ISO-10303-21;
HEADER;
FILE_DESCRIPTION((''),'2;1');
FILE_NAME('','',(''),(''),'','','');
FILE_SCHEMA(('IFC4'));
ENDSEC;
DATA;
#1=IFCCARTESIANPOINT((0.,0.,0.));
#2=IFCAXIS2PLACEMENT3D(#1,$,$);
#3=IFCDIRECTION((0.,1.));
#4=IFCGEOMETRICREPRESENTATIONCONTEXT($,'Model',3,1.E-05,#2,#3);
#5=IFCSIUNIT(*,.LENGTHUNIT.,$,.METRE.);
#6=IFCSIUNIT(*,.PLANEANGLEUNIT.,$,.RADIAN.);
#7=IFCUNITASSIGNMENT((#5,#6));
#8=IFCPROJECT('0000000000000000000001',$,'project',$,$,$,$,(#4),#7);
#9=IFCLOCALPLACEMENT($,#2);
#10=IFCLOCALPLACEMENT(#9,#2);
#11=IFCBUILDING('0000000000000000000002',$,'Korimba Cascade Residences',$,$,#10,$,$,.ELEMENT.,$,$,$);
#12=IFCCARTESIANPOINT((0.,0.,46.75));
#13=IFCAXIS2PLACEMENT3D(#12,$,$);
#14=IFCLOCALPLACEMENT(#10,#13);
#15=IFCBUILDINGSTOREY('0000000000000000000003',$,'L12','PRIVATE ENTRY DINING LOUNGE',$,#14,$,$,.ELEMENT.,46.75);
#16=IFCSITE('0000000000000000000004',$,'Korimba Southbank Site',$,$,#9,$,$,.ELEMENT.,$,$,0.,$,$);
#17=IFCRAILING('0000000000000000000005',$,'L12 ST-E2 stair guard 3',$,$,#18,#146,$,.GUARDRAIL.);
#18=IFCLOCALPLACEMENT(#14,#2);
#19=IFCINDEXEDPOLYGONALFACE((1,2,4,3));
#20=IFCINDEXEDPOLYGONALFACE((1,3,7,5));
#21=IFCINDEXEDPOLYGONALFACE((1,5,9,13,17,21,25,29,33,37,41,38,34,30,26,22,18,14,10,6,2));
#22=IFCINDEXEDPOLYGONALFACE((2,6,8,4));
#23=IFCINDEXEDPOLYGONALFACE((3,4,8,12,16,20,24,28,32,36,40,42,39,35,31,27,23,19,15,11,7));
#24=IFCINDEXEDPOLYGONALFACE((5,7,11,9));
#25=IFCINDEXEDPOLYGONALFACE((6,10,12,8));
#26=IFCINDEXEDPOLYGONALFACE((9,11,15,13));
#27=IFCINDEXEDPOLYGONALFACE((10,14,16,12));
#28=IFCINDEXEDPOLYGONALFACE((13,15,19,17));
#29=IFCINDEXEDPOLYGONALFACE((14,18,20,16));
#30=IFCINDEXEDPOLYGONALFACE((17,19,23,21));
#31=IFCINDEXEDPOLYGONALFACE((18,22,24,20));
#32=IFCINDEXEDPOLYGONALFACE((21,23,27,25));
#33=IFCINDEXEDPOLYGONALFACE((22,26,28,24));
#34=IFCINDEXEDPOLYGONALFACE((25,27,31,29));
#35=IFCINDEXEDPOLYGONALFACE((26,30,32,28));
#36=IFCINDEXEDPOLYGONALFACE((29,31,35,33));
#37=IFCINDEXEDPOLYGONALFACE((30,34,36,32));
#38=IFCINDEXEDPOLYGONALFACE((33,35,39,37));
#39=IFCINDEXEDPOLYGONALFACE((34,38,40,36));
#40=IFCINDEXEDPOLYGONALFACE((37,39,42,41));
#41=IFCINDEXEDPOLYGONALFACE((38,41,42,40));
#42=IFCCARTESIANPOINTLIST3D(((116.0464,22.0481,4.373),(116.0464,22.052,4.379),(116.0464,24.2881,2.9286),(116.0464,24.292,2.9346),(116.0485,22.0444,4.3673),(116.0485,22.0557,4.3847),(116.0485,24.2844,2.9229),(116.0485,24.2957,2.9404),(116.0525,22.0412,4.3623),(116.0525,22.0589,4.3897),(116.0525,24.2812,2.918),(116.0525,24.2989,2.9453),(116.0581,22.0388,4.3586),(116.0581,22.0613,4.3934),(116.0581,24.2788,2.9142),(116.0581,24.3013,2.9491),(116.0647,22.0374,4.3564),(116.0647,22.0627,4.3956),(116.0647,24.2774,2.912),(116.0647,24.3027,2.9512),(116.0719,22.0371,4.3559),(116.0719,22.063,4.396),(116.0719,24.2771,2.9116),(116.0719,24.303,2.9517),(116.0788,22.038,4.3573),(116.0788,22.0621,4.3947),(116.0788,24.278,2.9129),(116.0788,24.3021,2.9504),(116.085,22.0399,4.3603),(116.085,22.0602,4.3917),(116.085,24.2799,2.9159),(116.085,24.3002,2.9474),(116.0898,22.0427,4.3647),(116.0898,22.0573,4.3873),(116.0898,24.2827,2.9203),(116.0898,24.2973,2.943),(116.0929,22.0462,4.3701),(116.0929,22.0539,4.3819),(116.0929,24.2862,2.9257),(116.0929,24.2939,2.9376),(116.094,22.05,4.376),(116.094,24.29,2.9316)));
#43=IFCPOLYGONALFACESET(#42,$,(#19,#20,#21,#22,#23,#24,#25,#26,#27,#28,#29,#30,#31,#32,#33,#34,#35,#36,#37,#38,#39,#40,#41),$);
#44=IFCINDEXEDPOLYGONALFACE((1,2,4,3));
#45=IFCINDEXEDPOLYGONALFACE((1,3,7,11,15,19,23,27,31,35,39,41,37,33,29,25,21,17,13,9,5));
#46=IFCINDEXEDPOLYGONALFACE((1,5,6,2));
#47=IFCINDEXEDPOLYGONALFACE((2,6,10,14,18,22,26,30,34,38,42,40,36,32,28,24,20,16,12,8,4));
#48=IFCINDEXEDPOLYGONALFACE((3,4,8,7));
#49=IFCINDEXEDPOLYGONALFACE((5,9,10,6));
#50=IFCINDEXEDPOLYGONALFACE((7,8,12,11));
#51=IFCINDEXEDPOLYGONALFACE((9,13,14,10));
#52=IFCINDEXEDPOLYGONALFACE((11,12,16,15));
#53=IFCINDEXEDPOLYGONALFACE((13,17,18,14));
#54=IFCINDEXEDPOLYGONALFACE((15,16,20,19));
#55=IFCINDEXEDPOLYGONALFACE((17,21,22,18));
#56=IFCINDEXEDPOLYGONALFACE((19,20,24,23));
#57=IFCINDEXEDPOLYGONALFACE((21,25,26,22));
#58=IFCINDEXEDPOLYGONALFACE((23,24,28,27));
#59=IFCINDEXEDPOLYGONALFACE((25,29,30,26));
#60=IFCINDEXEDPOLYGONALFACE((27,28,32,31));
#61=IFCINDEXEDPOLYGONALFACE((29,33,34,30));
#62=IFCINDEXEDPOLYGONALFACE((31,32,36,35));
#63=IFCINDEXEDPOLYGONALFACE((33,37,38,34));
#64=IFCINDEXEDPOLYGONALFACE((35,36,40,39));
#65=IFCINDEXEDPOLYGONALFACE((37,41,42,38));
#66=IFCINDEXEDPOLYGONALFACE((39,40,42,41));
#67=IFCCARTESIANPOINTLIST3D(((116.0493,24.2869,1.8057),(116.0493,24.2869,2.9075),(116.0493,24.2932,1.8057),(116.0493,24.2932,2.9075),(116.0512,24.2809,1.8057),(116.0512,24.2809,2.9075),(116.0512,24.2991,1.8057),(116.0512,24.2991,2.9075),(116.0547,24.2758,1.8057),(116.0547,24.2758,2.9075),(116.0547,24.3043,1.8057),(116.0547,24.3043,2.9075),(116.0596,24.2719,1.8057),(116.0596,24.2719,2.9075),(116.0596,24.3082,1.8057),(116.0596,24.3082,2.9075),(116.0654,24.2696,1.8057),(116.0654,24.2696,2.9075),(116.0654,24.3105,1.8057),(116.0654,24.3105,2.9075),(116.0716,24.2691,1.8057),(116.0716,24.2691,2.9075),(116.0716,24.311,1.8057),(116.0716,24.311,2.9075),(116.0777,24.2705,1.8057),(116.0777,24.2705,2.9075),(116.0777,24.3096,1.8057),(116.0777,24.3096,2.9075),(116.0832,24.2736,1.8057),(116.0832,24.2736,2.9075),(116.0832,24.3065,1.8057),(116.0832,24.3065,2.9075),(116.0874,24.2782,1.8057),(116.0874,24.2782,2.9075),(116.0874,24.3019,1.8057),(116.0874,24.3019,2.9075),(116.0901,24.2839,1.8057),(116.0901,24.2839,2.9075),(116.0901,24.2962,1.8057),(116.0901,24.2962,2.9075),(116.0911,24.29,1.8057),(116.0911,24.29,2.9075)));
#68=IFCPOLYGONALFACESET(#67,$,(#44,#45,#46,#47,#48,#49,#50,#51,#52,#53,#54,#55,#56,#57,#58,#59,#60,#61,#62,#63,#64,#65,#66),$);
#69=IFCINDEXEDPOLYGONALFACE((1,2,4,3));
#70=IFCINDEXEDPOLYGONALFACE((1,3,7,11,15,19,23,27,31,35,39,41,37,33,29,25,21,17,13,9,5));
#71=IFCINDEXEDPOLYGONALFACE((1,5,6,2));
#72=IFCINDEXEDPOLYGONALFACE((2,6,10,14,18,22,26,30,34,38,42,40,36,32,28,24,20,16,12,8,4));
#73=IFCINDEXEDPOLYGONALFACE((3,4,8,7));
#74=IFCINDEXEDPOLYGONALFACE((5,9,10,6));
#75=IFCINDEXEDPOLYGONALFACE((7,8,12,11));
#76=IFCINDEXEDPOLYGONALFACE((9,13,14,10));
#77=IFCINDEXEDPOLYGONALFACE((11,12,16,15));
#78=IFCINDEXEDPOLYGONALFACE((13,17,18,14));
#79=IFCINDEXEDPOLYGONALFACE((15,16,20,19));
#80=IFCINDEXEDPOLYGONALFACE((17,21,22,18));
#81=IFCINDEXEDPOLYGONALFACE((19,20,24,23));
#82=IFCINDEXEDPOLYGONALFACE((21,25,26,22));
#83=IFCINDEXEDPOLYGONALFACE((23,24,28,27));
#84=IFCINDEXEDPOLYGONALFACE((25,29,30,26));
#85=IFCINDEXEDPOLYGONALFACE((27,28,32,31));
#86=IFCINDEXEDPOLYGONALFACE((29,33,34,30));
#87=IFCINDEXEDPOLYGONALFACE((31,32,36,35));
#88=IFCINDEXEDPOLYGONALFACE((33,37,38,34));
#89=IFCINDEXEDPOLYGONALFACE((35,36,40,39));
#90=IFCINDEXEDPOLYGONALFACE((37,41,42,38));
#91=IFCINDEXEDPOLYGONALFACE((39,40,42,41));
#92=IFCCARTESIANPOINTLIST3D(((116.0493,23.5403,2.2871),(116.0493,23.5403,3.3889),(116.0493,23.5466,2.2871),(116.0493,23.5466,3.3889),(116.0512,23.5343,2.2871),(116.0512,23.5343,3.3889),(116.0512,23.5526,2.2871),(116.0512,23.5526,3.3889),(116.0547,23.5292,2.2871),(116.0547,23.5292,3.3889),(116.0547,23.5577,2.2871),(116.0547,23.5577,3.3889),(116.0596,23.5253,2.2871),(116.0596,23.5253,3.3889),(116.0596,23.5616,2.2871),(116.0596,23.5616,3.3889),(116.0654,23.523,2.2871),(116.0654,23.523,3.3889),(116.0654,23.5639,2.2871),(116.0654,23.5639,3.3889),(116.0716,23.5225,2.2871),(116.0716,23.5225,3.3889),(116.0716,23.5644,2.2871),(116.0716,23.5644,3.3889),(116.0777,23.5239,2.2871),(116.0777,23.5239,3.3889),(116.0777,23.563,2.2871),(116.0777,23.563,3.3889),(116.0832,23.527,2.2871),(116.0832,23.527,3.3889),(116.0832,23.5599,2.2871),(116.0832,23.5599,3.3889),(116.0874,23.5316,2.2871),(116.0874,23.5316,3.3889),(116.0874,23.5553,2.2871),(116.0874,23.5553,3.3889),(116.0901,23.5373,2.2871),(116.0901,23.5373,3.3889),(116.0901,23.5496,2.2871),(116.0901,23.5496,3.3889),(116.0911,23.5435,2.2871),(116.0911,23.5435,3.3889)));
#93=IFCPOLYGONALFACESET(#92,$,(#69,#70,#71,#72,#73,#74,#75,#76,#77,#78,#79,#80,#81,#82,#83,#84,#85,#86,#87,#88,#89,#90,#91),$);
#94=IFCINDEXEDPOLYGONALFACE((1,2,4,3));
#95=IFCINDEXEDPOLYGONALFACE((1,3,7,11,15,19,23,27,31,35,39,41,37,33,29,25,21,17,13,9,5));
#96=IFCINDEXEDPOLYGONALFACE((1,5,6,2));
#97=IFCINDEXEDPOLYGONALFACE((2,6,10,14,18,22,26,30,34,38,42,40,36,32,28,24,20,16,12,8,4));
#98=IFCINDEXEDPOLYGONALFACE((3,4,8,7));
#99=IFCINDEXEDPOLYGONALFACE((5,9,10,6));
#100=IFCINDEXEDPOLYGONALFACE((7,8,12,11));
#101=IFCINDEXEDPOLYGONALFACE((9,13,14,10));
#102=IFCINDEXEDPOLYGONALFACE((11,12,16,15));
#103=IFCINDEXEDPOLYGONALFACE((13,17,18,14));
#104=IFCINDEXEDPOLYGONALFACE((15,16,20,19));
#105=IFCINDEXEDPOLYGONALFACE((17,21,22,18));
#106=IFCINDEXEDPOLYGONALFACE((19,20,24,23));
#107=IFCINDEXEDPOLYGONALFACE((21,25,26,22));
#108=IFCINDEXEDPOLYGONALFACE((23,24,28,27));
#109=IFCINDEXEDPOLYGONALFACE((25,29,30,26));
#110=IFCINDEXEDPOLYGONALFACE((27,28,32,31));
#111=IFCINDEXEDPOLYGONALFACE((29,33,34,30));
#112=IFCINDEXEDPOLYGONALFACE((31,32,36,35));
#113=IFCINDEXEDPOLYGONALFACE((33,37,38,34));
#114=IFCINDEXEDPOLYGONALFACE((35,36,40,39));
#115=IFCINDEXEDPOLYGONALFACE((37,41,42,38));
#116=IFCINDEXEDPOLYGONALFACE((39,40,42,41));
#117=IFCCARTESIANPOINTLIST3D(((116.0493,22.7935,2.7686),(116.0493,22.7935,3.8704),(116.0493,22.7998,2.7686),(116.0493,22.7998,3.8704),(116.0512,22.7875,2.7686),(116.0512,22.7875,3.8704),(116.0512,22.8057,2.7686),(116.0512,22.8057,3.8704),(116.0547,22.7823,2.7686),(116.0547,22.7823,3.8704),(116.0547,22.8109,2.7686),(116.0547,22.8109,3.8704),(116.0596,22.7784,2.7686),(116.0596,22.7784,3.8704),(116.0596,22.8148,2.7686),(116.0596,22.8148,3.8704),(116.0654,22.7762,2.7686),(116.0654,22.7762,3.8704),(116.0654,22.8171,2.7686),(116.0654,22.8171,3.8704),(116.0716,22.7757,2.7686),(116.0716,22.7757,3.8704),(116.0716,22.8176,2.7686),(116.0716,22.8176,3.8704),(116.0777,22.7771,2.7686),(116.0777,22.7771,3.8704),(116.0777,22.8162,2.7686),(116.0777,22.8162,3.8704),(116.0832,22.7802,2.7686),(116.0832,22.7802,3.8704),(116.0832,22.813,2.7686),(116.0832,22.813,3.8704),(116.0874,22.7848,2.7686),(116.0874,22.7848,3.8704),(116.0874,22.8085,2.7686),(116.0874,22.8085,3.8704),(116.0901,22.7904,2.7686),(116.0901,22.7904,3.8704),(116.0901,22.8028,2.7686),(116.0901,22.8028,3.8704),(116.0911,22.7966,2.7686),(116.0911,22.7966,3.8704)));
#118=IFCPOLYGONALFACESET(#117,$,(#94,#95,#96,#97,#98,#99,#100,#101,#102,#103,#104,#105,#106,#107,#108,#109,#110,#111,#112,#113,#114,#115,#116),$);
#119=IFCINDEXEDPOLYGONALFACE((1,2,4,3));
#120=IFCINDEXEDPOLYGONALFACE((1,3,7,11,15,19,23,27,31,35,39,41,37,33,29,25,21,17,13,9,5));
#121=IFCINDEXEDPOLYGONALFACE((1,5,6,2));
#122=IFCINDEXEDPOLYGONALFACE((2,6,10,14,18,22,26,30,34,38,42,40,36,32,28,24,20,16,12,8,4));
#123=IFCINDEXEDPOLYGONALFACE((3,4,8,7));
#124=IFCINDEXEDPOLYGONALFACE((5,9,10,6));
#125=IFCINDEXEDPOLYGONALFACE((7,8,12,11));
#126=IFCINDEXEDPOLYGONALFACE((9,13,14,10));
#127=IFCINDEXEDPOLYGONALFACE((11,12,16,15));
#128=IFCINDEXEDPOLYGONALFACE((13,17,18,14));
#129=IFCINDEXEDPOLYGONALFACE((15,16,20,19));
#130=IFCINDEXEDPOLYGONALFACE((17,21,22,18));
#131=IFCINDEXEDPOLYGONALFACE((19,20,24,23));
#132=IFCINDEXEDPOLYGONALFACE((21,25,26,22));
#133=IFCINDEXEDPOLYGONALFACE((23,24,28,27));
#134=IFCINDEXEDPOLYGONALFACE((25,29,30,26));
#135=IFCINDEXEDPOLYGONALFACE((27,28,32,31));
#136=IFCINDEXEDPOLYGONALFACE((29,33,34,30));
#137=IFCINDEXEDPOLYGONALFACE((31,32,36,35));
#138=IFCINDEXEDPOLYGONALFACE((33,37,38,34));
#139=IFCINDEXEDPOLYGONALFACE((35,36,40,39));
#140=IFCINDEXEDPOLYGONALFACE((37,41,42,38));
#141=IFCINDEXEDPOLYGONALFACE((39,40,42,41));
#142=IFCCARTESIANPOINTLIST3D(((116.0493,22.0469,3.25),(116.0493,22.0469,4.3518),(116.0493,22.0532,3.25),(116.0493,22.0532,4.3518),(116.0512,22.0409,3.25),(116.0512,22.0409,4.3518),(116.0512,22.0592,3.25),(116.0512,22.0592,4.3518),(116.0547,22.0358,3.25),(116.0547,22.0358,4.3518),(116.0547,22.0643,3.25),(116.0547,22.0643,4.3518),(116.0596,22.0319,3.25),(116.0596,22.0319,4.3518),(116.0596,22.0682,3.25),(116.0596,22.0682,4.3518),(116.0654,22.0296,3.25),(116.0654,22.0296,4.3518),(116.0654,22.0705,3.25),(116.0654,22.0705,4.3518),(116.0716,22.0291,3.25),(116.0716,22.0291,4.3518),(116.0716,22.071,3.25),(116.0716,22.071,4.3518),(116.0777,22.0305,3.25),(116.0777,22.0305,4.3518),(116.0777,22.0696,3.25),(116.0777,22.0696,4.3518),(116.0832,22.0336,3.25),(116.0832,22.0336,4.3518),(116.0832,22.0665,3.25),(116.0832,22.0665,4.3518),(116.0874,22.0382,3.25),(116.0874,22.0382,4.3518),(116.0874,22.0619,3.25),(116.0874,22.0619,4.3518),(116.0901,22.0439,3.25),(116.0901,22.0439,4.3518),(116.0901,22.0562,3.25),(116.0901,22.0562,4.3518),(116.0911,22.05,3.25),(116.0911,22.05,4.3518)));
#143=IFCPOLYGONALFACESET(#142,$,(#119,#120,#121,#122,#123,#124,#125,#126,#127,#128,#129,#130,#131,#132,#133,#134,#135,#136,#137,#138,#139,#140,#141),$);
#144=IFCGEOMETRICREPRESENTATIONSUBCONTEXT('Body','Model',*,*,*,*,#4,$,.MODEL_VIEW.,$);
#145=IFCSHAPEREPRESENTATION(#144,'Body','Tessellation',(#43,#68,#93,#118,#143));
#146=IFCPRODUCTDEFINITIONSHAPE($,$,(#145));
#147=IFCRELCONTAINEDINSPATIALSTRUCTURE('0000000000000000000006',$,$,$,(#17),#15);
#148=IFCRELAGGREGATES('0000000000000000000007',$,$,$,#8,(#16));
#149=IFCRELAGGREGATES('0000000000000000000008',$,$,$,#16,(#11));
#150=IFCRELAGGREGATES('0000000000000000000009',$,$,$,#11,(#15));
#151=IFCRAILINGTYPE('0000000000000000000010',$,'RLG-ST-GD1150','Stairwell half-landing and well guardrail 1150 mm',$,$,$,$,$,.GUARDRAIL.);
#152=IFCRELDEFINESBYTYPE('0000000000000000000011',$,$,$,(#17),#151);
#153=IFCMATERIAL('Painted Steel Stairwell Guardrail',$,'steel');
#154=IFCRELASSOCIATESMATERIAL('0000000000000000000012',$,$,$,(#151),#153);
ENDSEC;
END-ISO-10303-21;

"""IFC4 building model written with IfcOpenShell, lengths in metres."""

from ifc_helpers import new_model, si_unit, direction, frame, origin, origin_2d, place, context, subcontext, project, spatial, circle, extrude, material, type_object, element, save


model = new_model("IFC4")

# Units and contexts
model_context = context("Model", 3, precision=1e-05, world=origin(), true_north=direction((0.0, 1.0)))
body_context = subcontext(model_context, "Body", "Model", "MODEL_VIEW")
ifc_project = project(units=[si_unit("LENGTHUNIT", "METRE"), si_unit("PLANEANGLEUNIT", "RADIAN")], contexts=[model_context])

# Site, building, storey
site_placement = place(None, origin())
site = spatial("IfcSite", under=ifc_project, at=site_placement, Name="Korimba Southbank Site", CompositionType="ELEMENT", RefElevation=0.0)
building_placement = place(site_placement, origin())
building = spatial("IfcBuilding", under=site, at=building_placement, Name="Korimba Cascade Residences", CompositionType="ELEMENT")
storey_placement = place(building_placement, frame((0.0, 0.0, 46.75)))
storey = spatial("IfcBuildingStorey", under=building, at=storey_placement, Name="L12", Description="PRIVATE ENTRY DINING LOUNGE", CompositionType="ELEMENT", Elevation=46.75)

# Railing
ifc_material_1 = material(Name="Painted Steel Stairwell Guardrail", Category="steel")
railing_type_1 = type_object("IfcRailingType", Name="RLG-ST-GD1150", Description="Stairwell half-landing and well guardrail 1150 mm", PredefinedType="GUARDRAIL", material=ifc_material_1)
railing_1_placement = place(storey_placement, frame((116.0701, 24.29, 1.8057)))
element("IfcRailing", 1, at=railing_1_placement, inside=storey, type_object=railing_type_1, Name="L12 ST-E2 stair guard 3", PredefinedType="GUARDRAIL", context=body_context, shape_type="SweptSolid", body=[
    extrude(circle(Radius=0.0239, at=origin_2d()), frame((0.0, 0.0, 1.126), z_axis=(0.0, -0.840437, 0.54191), x_axis=(1.0, 0.0, 0.0)), (0.0, 0.0, 1.0), 2.6653),
    extrude(circle(Radius=0.021, at=origin_2d()), origin(), (0.0, 0.0, 1.0), 1.1018),
    extrude(circle(Radius=0.021, at=origin_2d()), frame((0.0, -0.7466, 0.4814)), (0.0, 0.0, 1.0), 1.1018),
    extrude(circle(Radius=0.021, at=origin_2d()), frame((0.0, -1.4934, 0.9629)), (0.0, 0.0, 1.0), 1.1018),
    extrude(circle(Radius=0.021, at=origin_2d()), frame((0.0, -2.24, 1.4443)), (0.0, 0.0, 1.0), 1.1018),
])

save(model, "model.ifc")
